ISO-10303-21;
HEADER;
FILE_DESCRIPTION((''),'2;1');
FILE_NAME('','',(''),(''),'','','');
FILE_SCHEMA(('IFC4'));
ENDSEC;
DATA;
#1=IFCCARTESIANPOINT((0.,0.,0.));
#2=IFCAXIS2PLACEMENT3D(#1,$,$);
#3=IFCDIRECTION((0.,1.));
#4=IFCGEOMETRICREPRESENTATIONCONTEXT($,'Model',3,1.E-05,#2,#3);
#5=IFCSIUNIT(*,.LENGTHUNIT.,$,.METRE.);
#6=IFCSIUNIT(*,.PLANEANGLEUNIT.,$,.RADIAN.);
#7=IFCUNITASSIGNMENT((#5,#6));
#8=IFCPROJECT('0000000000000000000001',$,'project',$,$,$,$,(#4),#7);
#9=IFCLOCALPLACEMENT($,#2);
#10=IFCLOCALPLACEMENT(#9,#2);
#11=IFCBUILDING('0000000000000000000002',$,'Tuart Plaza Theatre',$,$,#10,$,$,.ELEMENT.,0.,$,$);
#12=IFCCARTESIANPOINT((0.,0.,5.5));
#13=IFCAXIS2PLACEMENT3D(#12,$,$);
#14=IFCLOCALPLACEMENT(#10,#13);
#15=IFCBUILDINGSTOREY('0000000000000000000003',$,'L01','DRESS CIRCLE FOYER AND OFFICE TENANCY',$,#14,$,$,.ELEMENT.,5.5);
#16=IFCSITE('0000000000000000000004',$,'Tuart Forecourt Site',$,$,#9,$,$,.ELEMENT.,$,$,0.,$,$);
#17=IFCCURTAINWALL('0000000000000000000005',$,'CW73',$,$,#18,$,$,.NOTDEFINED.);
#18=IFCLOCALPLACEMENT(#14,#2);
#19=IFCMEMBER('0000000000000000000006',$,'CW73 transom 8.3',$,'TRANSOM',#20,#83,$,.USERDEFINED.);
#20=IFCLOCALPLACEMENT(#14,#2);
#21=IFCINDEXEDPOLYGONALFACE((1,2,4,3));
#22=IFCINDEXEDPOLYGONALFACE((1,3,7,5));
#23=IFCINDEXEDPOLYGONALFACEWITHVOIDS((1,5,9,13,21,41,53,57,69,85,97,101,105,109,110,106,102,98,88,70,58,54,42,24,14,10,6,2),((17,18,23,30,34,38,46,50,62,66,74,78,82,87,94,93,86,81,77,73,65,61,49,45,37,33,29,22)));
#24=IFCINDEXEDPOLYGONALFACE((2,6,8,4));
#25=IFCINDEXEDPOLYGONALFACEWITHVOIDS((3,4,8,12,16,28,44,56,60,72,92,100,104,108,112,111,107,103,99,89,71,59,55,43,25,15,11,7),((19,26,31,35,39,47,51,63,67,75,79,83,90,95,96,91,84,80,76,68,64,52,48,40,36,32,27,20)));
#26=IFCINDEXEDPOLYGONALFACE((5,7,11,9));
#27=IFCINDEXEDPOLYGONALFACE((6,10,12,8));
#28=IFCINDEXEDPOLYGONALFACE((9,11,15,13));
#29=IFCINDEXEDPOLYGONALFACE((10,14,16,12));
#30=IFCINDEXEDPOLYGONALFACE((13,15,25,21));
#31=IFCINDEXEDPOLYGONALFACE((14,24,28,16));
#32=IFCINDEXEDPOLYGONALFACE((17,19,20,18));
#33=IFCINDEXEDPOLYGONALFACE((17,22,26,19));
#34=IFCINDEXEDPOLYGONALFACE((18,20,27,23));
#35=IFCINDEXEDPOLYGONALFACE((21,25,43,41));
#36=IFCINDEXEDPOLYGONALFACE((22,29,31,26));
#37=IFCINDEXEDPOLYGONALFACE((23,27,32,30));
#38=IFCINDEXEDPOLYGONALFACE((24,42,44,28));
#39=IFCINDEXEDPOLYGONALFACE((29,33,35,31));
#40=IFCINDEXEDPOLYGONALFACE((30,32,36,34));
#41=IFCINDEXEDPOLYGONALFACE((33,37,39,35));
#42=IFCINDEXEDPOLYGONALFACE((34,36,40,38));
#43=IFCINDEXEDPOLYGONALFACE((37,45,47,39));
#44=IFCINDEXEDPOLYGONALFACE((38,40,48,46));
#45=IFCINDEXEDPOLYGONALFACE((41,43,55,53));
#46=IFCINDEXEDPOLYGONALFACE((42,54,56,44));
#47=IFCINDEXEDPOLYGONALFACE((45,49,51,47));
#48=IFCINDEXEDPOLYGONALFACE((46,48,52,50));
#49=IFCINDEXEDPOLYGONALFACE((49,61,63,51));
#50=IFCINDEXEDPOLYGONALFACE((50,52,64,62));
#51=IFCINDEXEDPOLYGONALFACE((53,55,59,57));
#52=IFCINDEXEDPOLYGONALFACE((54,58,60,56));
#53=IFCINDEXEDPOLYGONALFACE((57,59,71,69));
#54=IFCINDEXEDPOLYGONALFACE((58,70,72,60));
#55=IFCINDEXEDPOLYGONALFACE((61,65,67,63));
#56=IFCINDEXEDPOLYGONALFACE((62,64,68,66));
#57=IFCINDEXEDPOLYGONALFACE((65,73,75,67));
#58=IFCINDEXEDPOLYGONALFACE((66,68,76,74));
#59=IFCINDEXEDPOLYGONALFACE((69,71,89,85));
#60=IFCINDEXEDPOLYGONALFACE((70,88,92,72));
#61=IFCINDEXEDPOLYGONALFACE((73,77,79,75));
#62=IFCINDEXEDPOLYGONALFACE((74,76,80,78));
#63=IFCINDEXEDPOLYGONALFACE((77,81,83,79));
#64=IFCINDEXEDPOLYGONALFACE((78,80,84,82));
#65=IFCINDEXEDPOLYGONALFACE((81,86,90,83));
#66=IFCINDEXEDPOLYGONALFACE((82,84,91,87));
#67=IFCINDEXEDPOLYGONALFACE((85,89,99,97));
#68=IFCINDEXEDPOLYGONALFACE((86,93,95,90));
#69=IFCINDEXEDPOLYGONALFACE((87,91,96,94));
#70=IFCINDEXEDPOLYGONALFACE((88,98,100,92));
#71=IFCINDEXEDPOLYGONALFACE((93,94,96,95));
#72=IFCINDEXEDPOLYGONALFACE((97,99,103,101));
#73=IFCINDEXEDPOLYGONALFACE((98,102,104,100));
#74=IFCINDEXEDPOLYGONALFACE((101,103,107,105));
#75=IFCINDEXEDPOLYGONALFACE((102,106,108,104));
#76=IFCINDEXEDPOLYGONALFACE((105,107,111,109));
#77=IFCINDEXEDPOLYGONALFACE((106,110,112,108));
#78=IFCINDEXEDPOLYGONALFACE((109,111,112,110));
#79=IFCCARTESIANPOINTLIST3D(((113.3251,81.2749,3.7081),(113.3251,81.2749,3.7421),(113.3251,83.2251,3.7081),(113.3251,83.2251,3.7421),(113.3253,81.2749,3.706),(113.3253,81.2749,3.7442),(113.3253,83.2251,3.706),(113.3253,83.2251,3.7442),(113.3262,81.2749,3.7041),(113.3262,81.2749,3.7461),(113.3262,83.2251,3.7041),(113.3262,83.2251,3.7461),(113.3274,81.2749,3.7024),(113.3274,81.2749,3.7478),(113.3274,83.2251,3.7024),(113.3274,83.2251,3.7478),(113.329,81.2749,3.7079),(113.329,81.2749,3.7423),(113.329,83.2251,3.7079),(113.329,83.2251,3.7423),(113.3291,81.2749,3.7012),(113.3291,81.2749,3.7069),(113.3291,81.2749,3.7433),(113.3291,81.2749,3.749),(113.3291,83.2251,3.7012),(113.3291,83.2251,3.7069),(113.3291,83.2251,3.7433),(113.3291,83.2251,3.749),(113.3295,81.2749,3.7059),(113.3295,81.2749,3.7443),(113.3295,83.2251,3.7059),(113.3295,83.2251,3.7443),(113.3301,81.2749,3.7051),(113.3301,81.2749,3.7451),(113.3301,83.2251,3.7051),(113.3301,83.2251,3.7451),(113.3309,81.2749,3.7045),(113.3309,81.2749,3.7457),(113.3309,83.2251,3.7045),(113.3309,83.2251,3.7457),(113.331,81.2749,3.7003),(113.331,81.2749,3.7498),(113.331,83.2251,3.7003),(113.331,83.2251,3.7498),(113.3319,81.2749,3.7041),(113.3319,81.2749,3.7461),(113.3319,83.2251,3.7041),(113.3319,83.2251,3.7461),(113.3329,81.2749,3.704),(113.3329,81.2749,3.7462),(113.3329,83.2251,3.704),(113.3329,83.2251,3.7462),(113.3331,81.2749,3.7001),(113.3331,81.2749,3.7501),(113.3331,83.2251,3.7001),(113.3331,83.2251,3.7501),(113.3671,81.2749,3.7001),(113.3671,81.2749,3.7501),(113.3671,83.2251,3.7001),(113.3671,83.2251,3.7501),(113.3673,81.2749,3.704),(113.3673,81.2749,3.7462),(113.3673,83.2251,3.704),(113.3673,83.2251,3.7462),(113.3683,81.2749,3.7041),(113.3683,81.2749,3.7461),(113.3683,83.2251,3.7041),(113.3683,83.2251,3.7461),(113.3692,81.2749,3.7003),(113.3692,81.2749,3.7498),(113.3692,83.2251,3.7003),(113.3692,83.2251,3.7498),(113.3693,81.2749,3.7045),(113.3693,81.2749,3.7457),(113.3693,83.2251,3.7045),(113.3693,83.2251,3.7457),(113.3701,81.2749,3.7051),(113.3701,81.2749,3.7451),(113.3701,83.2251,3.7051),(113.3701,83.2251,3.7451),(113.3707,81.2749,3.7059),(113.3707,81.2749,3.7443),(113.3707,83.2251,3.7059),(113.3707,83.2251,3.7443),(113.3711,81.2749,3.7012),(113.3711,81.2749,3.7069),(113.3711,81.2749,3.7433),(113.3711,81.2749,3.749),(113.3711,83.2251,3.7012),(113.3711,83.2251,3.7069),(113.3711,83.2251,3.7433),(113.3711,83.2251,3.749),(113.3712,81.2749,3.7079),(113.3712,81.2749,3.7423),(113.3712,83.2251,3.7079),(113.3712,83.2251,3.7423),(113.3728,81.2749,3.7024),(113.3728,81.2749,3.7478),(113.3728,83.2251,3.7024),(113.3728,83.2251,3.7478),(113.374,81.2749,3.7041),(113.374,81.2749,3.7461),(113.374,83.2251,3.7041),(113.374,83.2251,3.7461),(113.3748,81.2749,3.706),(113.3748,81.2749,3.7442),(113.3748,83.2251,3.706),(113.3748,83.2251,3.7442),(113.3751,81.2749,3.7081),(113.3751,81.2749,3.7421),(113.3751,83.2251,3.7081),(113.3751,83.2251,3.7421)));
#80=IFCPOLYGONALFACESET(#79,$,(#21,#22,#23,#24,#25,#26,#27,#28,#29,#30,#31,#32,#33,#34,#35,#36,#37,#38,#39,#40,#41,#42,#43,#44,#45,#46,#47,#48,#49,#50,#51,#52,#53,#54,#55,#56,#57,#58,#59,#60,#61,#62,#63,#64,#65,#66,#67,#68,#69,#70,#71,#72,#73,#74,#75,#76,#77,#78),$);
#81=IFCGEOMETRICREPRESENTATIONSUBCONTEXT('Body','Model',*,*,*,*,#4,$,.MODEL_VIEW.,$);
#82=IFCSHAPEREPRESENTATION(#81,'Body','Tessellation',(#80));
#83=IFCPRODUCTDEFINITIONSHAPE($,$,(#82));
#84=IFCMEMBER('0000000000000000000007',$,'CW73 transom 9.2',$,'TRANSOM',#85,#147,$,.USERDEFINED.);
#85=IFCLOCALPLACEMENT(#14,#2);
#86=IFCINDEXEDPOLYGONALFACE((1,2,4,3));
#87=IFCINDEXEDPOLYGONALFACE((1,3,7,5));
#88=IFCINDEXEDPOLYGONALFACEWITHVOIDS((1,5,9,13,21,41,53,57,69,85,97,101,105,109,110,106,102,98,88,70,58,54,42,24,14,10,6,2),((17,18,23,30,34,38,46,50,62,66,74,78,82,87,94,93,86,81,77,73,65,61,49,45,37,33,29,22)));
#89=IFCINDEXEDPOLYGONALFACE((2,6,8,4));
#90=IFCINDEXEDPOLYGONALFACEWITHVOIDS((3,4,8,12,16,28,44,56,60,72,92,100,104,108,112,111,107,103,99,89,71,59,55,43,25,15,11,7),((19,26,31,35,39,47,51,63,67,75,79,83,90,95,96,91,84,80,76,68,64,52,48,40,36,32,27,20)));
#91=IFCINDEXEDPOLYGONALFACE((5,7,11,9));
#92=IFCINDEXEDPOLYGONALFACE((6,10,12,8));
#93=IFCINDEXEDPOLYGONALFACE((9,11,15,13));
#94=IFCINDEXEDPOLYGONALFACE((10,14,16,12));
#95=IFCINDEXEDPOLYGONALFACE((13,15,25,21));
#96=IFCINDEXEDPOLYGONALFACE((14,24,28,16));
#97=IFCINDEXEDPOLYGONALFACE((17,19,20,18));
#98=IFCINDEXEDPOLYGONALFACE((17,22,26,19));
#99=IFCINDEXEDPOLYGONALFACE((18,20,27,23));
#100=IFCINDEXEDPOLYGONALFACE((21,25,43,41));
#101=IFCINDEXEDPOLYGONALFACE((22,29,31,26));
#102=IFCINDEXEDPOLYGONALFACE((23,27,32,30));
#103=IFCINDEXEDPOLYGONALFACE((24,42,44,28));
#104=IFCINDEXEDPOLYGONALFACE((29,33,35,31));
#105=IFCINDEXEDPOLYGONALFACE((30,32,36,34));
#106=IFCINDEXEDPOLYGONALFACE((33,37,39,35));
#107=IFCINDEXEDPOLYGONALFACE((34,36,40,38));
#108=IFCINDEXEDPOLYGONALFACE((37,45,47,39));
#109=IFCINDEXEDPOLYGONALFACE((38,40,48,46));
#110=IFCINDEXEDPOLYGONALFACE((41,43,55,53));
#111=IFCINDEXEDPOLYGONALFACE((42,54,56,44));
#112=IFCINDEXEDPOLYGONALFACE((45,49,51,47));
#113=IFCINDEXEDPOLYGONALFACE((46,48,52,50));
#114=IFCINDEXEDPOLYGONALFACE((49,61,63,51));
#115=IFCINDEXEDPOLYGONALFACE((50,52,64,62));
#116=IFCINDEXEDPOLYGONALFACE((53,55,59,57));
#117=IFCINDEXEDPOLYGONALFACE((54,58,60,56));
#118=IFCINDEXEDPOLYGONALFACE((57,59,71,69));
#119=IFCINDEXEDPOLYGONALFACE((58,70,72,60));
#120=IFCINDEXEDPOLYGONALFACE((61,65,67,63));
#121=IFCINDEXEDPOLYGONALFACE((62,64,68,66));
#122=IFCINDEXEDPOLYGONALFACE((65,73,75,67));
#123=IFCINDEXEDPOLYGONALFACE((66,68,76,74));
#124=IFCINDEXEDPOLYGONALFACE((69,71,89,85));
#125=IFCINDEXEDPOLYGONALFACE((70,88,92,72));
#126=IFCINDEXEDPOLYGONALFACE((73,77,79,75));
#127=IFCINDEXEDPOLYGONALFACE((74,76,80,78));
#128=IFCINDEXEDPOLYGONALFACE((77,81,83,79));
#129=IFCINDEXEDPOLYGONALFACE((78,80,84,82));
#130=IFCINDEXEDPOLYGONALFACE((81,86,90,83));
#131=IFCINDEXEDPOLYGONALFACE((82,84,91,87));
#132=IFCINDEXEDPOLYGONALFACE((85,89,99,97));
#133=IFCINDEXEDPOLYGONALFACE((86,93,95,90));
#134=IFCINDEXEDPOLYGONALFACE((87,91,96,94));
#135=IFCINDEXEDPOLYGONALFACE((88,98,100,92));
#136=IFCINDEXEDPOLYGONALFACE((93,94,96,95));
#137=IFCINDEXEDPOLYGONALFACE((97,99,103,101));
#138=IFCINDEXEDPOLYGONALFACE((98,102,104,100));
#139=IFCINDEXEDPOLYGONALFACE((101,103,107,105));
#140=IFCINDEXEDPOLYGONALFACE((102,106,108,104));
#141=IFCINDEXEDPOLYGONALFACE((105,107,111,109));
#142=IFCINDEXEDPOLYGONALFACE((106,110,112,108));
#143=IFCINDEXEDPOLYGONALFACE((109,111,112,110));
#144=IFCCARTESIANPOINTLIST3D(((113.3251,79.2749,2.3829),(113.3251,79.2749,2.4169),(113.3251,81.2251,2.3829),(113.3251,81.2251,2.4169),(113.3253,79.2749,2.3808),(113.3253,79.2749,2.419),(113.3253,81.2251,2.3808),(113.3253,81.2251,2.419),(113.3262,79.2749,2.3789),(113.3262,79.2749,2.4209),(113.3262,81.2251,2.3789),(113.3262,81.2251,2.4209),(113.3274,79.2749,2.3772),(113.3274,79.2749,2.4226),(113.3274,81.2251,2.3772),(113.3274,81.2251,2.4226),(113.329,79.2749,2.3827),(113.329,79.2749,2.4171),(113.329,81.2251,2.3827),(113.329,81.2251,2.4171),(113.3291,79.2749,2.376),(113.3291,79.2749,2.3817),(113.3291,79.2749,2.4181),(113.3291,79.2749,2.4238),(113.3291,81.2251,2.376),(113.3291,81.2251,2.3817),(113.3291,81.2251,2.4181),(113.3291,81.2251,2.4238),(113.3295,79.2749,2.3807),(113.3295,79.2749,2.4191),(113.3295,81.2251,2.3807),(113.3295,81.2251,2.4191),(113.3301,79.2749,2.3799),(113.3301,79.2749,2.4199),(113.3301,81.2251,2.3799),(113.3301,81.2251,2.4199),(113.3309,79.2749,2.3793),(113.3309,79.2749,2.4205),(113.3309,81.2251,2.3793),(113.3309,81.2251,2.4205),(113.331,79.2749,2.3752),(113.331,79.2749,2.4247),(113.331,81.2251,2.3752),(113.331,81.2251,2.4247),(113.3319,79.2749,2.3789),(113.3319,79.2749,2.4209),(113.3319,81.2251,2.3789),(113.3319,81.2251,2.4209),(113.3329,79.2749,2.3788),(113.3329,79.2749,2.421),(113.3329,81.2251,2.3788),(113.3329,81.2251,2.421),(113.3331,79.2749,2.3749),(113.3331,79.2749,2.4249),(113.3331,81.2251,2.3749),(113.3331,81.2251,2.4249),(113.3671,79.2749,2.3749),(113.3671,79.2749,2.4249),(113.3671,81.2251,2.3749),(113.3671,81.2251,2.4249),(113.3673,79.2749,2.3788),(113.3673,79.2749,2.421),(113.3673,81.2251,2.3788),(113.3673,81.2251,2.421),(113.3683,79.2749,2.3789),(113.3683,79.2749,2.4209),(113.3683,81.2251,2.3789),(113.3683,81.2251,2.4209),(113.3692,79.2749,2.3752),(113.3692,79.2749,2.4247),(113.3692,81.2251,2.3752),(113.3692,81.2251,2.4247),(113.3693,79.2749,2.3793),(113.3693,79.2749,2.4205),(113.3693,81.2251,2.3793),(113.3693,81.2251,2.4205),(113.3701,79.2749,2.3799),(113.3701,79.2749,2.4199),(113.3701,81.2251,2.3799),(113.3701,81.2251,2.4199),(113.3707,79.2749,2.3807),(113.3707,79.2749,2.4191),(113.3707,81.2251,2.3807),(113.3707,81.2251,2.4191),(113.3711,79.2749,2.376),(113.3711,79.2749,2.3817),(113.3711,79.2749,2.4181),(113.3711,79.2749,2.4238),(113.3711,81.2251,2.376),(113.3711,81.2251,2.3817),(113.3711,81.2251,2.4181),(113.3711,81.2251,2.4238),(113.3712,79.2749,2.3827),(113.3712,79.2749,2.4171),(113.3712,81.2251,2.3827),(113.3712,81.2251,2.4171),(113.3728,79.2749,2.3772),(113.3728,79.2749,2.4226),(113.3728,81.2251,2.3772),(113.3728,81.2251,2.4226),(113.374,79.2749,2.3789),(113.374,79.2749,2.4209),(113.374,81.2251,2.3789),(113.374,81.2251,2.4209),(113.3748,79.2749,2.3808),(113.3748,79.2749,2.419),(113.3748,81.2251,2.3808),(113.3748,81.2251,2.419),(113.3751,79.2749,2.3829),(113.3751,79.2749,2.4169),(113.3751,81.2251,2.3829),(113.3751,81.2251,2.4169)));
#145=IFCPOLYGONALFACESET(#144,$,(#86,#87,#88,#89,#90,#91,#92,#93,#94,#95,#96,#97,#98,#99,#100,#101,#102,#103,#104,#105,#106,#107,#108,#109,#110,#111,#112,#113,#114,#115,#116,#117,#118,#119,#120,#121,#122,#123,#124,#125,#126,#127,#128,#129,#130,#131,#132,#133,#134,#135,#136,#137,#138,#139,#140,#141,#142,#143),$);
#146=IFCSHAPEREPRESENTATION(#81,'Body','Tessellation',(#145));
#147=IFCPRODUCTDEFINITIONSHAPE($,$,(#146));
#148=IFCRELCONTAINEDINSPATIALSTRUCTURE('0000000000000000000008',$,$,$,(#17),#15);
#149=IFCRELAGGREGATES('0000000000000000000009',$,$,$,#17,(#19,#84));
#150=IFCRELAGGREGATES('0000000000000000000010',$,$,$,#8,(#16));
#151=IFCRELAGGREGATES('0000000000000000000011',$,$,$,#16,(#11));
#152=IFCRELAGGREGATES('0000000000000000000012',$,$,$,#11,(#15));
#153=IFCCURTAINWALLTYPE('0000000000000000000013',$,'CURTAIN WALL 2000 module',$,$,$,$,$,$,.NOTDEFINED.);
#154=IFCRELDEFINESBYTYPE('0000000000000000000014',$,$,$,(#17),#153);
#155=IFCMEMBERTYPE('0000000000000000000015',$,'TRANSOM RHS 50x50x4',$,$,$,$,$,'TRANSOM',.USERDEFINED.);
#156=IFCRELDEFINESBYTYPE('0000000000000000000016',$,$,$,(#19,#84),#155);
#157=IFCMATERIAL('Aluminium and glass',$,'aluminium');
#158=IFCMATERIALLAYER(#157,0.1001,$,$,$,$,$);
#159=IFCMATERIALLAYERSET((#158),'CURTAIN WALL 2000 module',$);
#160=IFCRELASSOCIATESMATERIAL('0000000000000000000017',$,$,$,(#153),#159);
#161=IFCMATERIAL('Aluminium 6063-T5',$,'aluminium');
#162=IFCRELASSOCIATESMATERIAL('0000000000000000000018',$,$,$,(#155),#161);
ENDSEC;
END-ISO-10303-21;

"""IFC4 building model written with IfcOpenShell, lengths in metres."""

from ifc_helpers import new_model, si_unit, direction, frame, origin, origin_2d, place, context, subcontext, project, spatial, hollow_rectangle, extrude, material, layer, layer_set, material_profile, profile_set, type_object, element, aggregate, save


model = new_model("IFC4")

# Units and contexts
model_context = context("Model", 3, precision=1e-05, world=origin(), true_north=direction((0.0, 1.0)))
body_context = subcontext(model_context, "Body", "Model", "MODEL_VIEW")
ifc_project = project(units=[si_unit("LENGTHUNIT", "METRE"), si_unit("PLANEANGLEUNIT", "RADIAN")], contexts=[model_context])

# Site, building, storey
site_placement = place(None, origin())
site = spatial("IfcSite", under=ifc_project, at=site_placement, Name="Tuart Forecourt Site", CompositionType="ELEMENT", RefElevation=0.0)
building_placement = place(site_placement, origin())
building = spatial("IfcBuilding", under=site, at=building_placement, Name="Tuart Plaza Theatre", CompositionType="ELEMENT", ElevationOfRefHeight=0.0)
storey_placement = place(building_placement, frame((0.0, 0.0, 5.5)))
storey = spatial("IfcBuildingStorey", under=building, at=storey_placement, Name="L01", Description="DRESS CIRCLE FOYER AND OFFICE TENANCY", CompositionType="ELEMENT", Elevation=5.5)

# Curtain wall, members
ifc_material_1 = material(Name="Aluminium and glass", Category="aluminium")
ifc_layer_1 = layer(ifc_material_1, 0.1001)
ifc_layer_set_1 = layer_set([ifc_layer_1], Name="CURTAIN WALL 2000 module")
curtain_wall_type = type_object("IfcCurtainWallType", Name="CURTAIN WALL 2000 module", PredefinedType="NOTDEFINED", material=ifc_layer_set_1)
curtain_wall_placement = place(storey_placement, origin())
curtain_wall = element("IfcCurtainWall", 1, at=curtain_wall_placement, inside=storey, type_object=curtain_wall_type, Name="CW73", PredefinedType="NOTDEFINED")
ifc_material_2 = material(Name="Aluminium 6063-T5", Category="aluminium")
ifc_material_profile_1 = material_profile(ifc_material_2, hollow_rectangle(XDim=0.05, YDim=0.05, WallThickness=0.0039, InnerFilletRadius=0.0039, OuterFilletRadius=0.0081, at=origin_2d()), Name="RHS 50x50x4")
ifc_profile_set_1 = profile_set([ifc_material_profile_1], Name="Aluminium 6063-T5")
member_type_1 = type_object("IfcMemberType", Name="TRANSOM RHS 50x50x4", ElementType="TRANSOM", PredefinedType="USERDEFINED", material=ifc_profile_set_1)
member_1_placement = place(storey_placement, frame((113.3501, 83.2251, 3.7251), z_axis=(0.0, -1.0, 0.0), x_axis=(1.0, 0.0, 0.0)))
member_1 = element("IfcMember", 2, at=member_1_placement, type_object=member_type_1, Name="CW73 transom 8.3", ObjectType="TRANSOM", PredefinedType="USERDEFINED", context=body_context, shape_type="SweptSolid", body=[
    extrude(hollow_rectangle(XDim=0.05, YDim=0.05, WallThickness=0.0039, InnerFilletRadius=0.0039, OuterFilletRadius=0.0081, at=origin_2d()), origin(), (0.0, 0.0, 1.0), 1.9502),
])
member_2_placement = place(storey_placement, frame((113.3501, 81.2251, 2.3999), z_axis=(0.0, -1.0, 0.0), x_axis=(1.0, 0.0, 0.0)))
member_2 = element("IfcMember", 3, at=member_2_placement, type_object=member_type_1, Name="CW73 transom 9.2", ObjectType="TRANSOM", PredefinedType="USERDEFINED", context=body_context, shape_type="SweptSolid", body=[
    extrude(hollow_rectangle(XDim=0.05, YDim=0.05, WallThickness=0.0039, InnerFilletRadius=0.0039, OuterFilletRadius=0.0081, at=origin_2d()), origin(), (0.0, 0.0, 1.0), 1.9502),
])
aggregate(curtain_wall, [member_1, member_2])

save(model, "model.ifc")
